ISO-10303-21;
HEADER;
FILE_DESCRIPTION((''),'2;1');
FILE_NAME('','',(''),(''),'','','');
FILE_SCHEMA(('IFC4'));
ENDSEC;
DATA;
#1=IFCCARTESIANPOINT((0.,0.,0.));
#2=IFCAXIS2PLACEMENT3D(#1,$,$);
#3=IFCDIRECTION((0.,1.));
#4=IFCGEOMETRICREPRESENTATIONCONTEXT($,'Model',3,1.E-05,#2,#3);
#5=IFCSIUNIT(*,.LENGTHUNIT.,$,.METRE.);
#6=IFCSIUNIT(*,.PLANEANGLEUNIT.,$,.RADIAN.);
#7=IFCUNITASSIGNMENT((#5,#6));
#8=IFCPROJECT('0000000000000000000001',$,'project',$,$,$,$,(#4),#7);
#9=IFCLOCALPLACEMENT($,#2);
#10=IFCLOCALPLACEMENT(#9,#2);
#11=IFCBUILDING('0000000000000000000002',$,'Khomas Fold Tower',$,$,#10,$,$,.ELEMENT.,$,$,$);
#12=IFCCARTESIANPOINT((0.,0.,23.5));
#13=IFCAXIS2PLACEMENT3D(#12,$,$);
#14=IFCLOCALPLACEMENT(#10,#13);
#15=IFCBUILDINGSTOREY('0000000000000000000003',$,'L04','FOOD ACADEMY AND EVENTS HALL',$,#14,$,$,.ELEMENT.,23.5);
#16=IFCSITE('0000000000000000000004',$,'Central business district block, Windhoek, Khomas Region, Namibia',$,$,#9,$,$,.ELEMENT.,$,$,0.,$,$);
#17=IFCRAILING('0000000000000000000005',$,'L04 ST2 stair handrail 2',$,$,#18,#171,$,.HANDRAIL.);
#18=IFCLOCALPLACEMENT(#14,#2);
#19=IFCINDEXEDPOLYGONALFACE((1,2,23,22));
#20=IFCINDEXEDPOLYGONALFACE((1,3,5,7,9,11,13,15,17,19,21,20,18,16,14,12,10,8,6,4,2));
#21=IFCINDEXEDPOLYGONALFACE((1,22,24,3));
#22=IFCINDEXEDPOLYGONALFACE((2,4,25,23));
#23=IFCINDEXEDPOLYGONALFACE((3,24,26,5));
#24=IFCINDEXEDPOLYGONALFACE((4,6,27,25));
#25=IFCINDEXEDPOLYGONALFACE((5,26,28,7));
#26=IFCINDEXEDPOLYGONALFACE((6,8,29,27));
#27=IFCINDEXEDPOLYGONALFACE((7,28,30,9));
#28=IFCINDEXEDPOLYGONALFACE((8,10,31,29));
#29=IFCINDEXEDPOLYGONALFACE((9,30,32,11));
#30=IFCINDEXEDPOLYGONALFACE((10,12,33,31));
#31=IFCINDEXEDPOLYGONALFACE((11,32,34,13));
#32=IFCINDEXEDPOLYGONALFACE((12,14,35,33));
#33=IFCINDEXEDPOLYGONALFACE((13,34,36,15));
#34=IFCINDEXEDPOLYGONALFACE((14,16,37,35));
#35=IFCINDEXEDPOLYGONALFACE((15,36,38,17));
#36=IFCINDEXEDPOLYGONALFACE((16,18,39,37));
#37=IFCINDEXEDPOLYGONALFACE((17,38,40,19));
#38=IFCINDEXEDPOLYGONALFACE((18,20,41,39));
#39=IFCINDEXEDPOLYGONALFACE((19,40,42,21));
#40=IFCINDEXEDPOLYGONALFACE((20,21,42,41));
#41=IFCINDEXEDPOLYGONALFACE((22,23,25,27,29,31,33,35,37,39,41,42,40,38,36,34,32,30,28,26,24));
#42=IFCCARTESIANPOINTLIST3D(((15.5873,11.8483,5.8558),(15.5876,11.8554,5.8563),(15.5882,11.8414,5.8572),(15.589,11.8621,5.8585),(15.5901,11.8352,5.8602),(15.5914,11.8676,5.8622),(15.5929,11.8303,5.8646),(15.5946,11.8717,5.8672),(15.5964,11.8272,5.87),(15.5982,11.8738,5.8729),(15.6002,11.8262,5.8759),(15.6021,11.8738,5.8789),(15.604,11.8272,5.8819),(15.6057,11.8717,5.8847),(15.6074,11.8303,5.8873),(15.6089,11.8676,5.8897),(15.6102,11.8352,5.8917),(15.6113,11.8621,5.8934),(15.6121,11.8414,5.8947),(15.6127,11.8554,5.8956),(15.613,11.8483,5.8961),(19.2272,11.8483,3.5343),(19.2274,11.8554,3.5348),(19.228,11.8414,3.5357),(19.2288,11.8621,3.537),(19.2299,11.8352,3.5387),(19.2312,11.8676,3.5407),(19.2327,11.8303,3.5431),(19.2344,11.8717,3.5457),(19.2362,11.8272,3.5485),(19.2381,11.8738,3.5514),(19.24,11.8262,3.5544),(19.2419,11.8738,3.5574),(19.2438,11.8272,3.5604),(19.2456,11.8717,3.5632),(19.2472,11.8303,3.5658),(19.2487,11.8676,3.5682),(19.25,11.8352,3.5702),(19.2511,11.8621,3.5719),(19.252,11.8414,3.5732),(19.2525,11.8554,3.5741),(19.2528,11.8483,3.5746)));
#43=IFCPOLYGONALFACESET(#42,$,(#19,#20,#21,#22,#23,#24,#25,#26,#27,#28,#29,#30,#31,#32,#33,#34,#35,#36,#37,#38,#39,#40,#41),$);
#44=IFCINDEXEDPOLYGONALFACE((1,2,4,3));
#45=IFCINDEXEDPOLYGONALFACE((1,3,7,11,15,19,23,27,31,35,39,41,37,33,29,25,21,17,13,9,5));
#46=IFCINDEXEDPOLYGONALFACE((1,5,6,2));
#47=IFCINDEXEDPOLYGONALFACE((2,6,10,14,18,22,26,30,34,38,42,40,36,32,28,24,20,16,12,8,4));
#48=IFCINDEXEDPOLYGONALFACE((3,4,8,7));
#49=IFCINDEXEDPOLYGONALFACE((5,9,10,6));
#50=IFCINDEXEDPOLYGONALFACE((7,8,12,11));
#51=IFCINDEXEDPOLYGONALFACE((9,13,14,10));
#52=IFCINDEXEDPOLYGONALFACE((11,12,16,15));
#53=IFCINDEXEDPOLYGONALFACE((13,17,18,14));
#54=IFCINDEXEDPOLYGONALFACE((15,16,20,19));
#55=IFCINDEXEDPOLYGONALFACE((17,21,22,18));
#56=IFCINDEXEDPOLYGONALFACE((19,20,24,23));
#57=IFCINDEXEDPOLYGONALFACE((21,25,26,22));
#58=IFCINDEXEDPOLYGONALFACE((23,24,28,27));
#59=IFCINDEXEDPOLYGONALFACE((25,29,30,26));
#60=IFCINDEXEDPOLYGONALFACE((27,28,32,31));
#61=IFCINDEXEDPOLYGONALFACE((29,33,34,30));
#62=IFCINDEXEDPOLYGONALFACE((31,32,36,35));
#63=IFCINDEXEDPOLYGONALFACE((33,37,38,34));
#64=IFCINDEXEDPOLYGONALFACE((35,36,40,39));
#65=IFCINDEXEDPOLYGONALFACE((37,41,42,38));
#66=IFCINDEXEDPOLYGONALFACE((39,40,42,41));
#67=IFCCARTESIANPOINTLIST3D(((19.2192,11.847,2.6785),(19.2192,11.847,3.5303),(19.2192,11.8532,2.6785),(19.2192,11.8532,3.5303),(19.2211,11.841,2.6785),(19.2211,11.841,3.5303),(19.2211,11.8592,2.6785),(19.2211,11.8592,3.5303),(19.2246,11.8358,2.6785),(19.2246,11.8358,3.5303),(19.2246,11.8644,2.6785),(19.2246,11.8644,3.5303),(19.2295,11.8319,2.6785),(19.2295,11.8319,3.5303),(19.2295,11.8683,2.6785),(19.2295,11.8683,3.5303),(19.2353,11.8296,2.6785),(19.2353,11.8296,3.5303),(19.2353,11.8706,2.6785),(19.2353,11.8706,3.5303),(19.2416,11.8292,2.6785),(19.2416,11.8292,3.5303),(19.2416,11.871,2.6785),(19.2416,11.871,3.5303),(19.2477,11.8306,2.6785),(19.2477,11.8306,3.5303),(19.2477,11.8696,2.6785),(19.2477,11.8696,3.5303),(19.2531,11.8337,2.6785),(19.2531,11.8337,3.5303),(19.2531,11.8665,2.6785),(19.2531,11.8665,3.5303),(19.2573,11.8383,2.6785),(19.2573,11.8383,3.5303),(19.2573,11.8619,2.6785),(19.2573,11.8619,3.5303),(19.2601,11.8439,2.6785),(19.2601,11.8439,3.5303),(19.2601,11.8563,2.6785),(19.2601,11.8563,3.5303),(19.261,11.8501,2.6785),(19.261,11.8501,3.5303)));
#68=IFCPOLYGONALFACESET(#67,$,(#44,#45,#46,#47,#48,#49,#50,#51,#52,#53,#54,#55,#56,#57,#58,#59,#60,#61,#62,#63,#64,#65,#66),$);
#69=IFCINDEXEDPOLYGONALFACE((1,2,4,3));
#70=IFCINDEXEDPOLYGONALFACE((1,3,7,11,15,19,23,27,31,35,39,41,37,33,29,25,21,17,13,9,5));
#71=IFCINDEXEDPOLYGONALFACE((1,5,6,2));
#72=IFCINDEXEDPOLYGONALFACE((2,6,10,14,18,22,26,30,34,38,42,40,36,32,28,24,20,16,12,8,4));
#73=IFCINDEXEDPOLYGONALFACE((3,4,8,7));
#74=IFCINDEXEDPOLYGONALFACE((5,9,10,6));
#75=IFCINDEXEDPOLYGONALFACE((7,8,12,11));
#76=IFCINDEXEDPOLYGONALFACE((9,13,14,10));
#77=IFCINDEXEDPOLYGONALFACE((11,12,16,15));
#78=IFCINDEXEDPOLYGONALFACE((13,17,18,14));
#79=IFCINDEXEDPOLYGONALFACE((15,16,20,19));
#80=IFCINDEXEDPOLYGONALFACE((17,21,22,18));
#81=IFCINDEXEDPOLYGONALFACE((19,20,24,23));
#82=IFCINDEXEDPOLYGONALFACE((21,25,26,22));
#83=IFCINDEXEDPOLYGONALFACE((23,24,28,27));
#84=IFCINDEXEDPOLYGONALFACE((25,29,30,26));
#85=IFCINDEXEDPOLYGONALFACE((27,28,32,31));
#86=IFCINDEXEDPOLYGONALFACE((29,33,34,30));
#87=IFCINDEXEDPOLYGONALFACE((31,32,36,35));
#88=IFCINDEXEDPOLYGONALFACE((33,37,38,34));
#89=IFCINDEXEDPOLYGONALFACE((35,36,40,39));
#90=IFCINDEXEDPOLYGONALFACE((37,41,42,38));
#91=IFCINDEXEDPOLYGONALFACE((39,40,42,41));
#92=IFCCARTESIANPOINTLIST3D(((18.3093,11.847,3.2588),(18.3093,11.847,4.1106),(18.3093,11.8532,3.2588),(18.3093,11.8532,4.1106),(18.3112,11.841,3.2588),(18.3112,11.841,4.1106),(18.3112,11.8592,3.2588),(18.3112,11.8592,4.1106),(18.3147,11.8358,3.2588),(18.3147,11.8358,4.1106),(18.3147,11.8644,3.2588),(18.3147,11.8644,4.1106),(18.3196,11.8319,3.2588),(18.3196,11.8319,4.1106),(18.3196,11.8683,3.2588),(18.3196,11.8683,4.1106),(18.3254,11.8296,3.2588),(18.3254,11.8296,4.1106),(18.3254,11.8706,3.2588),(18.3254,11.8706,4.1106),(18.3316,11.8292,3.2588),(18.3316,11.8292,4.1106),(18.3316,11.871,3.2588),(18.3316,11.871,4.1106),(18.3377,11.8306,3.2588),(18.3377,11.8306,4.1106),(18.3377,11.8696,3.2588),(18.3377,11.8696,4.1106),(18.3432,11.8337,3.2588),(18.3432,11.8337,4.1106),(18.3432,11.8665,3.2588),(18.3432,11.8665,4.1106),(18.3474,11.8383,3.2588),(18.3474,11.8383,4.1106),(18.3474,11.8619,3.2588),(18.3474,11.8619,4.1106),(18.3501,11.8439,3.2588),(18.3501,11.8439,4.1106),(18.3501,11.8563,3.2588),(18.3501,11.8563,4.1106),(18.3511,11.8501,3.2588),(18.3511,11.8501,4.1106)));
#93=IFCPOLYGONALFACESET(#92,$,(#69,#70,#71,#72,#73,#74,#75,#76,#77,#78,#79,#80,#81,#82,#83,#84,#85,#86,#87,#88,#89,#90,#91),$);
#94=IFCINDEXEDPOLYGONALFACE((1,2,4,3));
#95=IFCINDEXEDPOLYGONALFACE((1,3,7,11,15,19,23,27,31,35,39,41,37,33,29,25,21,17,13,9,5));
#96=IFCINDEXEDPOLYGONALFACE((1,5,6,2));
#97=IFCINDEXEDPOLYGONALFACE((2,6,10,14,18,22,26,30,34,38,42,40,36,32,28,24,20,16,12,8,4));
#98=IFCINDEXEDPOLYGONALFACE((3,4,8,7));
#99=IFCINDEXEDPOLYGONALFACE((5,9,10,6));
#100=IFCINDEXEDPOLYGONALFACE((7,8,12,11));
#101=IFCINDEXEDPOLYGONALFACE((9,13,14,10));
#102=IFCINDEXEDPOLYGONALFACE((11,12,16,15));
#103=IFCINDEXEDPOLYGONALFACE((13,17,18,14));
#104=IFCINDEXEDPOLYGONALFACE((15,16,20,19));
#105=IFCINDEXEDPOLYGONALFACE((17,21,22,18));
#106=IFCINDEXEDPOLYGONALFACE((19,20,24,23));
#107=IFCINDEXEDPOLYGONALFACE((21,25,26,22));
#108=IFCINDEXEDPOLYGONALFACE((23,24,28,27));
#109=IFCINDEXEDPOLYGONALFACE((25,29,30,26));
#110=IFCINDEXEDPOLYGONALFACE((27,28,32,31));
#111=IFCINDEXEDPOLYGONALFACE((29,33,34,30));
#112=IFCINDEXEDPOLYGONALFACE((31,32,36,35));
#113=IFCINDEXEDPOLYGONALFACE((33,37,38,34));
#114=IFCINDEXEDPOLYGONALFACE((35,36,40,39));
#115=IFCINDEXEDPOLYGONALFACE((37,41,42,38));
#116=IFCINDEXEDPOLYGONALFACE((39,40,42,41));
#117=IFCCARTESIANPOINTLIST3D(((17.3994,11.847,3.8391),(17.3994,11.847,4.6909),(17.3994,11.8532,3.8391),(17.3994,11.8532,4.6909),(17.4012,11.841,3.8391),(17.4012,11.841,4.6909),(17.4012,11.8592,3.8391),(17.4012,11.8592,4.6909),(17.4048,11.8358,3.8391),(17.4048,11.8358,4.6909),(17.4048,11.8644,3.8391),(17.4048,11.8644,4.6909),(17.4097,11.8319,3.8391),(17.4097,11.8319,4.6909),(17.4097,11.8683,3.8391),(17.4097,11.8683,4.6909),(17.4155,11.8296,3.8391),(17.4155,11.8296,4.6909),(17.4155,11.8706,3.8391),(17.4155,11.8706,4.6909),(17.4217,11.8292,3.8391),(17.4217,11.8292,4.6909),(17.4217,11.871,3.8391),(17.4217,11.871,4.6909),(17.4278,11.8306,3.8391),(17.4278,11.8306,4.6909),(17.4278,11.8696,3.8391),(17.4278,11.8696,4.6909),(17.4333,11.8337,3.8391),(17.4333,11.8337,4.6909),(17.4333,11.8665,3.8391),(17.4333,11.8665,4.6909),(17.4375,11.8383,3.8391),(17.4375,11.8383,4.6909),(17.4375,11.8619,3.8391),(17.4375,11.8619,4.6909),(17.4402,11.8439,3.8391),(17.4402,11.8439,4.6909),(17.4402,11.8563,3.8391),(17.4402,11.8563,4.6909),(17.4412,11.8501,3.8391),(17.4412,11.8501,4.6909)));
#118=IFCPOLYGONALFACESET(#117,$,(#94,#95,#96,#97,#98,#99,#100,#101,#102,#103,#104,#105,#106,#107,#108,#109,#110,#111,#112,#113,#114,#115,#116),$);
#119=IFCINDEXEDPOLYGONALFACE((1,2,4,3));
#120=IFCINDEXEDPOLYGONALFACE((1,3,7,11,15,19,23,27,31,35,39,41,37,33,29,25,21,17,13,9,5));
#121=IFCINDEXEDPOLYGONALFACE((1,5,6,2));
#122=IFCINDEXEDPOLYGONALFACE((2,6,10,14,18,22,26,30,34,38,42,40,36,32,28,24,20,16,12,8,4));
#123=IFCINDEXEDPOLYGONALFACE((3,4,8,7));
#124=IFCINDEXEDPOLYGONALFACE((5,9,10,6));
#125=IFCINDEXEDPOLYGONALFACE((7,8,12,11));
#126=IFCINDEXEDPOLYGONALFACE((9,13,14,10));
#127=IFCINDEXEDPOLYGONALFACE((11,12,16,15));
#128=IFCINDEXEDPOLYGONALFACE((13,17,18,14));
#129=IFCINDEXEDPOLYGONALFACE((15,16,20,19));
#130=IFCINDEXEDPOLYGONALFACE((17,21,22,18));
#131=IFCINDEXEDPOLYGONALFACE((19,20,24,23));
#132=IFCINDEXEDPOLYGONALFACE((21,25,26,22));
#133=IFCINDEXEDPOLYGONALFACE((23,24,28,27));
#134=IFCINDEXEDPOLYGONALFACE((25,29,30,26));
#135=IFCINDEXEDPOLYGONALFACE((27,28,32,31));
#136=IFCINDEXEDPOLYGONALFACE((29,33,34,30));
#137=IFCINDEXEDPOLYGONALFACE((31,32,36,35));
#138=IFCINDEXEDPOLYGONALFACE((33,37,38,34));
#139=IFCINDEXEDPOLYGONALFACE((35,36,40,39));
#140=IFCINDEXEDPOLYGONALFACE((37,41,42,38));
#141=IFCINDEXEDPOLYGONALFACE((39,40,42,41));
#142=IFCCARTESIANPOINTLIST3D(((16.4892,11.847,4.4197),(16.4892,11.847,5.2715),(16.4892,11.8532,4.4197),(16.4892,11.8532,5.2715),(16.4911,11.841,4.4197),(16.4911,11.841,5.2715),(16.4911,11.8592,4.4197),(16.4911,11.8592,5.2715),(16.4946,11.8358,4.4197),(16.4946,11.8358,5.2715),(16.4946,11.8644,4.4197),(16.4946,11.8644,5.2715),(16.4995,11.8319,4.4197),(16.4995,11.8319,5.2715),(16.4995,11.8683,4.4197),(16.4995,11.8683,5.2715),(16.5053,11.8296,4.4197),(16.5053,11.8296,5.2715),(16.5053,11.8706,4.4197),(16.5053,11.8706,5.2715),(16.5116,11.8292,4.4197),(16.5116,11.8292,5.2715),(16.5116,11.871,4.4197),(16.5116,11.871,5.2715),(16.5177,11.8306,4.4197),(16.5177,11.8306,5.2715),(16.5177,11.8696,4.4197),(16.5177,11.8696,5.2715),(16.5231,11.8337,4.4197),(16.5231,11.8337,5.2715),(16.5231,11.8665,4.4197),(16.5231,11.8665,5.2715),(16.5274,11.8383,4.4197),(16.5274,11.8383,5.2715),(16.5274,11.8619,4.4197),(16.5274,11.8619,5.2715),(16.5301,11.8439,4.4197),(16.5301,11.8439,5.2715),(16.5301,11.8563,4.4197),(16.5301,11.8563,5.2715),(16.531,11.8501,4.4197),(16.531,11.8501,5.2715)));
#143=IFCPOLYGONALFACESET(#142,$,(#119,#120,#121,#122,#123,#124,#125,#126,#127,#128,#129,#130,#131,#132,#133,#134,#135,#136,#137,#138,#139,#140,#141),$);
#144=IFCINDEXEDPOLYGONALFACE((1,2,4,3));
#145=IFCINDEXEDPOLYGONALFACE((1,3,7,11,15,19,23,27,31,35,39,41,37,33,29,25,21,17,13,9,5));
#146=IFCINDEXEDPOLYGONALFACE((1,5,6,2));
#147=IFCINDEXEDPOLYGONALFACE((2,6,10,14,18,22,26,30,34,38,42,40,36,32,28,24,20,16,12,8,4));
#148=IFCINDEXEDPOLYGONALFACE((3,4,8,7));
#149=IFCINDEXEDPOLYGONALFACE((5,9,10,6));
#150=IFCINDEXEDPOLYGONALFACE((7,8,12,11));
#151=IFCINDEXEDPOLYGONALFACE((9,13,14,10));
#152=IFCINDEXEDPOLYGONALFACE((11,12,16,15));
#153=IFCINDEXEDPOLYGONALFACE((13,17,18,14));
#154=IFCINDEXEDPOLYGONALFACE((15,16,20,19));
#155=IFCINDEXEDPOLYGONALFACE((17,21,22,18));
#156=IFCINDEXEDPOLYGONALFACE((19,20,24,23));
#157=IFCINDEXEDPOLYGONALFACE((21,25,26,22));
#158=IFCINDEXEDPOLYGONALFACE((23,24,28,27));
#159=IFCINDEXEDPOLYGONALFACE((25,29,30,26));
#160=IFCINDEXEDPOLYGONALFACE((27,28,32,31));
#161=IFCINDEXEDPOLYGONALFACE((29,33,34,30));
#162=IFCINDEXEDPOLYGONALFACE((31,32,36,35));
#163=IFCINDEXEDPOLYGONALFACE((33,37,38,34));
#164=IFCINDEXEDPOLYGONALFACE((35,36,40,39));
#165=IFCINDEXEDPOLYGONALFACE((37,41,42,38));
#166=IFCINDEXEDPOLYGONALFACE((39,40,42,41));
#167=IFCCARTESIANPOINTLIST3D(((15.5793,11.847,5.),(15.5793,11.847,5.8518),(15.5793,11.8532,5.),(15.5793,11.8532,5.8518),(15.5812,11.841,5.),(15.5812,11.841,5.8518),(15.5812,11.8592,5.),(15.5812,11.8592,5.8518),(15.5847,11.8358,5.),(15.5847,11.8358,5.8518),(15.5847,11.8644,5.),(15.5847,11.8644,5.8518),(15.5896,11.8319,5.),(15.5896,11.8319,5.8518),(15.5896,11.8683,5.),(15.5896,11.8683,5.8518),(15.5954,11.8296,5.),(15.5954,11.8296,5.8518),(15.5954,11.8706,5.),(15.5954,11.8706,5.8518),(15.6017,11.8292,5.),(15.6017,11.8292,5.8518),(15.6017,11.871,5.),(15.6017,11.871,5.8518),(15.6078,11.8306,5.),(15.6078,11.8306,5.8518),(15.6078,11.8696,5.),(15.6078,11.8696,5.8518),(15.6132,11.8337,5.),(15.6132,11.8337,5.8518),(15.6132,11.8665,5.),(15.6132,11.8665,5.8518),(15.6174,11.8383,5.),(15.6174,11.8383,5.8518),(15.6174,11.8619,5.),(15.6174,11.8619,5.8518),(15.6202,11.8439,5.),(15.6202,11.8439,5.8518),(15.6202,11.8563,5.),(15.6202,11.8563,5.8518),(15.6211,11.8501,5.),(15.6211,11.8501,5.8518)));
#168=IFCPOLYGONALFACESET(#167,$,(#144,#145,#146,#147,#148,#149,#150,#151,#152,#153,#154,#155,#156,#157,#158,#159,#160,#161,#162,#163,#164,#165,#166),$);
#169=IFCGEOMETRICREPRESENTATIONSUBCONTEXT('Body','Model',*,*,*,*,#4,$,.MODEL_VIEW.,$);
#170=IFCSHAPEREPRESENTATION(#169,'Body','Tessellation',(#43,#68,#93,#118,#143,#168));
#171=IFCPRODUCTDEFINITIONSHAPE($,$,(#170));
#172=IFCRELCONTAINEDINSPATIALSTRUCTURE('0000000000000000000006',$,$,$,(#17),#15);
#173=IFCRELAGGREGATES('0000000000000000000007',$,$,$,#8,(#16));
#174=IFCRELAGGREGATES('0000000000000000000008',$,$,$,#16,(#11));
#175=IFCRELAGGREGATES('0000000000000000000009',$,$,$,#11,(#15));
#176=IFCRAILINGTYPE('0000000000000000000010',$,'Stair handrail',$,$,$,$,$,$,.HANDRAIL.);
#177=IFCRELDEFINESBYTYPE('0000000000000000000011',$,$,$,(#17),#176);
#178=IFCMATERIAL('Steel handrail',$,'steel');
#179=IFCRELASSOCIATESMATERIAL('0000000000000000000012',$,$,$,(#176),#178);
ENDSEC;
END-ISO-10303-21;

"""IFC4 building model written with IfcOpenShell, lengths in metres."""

from ifc_helpers import new_model, si_unit, direction, frame, origin, origin_2d, place, context, subcontext, project, spatial, circle, extrude, source, transform, mapped, material, type_object, element, save


model = new_model("IFC4")

# Units and contexts
model_context = context("Model", 3, precision=1e-05, world=origin(), true_north=direction((0.0, 1.0)))
body_context = subcontext(model_context, "Body", "Model", "MODEL_VIEW")
ifc_project = project(units=[si_unit("LENGTHUNIT", "METRE"), si_unit("PLANEANGLEUNIT", "RADIAN")], contexts=[model_context])

# Site, building, storey
site_placement = place(None, origin())
site = spatial("IfcSite", under=ifc_project, at=site_placement, Name="Central business district block, Windhoek, Khomas Region, Namibia", CompositionType="ELEMENT", RefElevation=0.0)
building_placement = place(site_placement, origin())
building = spatial("IfcBuilding", under=site, at=building_placement, Name="Khomas Fold Tower", CompositionType="ELEMENT")
storey_placement = place(building_placement, frame((0.0, 0.0, 23.5)))
storey = spatial("IfcBuildingStorey", under=building, at=storey_placement, Name="L04", Description="FOOD ACADEMY AND EVENTS HALL", CompositionType="ELEMENT", Elevation=23.5)

# Railing
ifc_material_1 = material(Name="Steel handrail", Category="steel")
railing_type_1 = type_object("IfcRailingType", Name="Stair handrail", PredefinedType="HANDRAIL", material=ifc_material_1)
shared_shape_1 = source(origin(), body_context, "Body", "SweptSolid", [
    extrude(circle(Radius=0.0239, at=origin_2d()), frame((0.0, 0.0, 0.876), z_axis=(-0.843112, 0.0, 0.537739), x_axis=(0.0, -1.0, 0.0)), (0.0, 0.0, 1.0), 4.3171),
    extrude(circle(Radius=0.021, at=origin_2d()), origin(), (0.0, 0.0, 1.0), 0.8518),
    extrude(circle(Radius=0.021, at=origin_2d()), frame((-0.9099, 0.0, 0.5803)), (0.0, 0.0, 1.0), 0.8518),
    extrude(circle(Radius=0.021, at=origin_2d()), frame((-1.8198, 0.0, 1.1606)), (0.0, 0.0, 1.0), 0.8518),
    extrude(circle(Radius=0.021, at=origin_2d()), frame((-2.73, 0.0, 1.7412)), (0.0, 0.0, 1.0), 0.8518),
    extrude(circle(Radius=0.021, at=origin_2d()), frame((-3.6399, 0.0, 2.3215)), (0.0, 0.0, 1.0), 0.8518),
])
railing_1_placement = place(storey_placement, frame((19.24, 11.8501, 2.6785)))
element("IfcRailing", 1, at=railing_1_placement, inside=storey, type_object=railing_type_1, Name="L04 ST2 stair handrail 2", PredefinedType="HANDRAIL", context=body_context, shape_type="MappedRepresentation", body=[
    mapped(shared_shape_1, transform((0.0, 0.0, 0.0))),
])

save(model, "model.ifc")
